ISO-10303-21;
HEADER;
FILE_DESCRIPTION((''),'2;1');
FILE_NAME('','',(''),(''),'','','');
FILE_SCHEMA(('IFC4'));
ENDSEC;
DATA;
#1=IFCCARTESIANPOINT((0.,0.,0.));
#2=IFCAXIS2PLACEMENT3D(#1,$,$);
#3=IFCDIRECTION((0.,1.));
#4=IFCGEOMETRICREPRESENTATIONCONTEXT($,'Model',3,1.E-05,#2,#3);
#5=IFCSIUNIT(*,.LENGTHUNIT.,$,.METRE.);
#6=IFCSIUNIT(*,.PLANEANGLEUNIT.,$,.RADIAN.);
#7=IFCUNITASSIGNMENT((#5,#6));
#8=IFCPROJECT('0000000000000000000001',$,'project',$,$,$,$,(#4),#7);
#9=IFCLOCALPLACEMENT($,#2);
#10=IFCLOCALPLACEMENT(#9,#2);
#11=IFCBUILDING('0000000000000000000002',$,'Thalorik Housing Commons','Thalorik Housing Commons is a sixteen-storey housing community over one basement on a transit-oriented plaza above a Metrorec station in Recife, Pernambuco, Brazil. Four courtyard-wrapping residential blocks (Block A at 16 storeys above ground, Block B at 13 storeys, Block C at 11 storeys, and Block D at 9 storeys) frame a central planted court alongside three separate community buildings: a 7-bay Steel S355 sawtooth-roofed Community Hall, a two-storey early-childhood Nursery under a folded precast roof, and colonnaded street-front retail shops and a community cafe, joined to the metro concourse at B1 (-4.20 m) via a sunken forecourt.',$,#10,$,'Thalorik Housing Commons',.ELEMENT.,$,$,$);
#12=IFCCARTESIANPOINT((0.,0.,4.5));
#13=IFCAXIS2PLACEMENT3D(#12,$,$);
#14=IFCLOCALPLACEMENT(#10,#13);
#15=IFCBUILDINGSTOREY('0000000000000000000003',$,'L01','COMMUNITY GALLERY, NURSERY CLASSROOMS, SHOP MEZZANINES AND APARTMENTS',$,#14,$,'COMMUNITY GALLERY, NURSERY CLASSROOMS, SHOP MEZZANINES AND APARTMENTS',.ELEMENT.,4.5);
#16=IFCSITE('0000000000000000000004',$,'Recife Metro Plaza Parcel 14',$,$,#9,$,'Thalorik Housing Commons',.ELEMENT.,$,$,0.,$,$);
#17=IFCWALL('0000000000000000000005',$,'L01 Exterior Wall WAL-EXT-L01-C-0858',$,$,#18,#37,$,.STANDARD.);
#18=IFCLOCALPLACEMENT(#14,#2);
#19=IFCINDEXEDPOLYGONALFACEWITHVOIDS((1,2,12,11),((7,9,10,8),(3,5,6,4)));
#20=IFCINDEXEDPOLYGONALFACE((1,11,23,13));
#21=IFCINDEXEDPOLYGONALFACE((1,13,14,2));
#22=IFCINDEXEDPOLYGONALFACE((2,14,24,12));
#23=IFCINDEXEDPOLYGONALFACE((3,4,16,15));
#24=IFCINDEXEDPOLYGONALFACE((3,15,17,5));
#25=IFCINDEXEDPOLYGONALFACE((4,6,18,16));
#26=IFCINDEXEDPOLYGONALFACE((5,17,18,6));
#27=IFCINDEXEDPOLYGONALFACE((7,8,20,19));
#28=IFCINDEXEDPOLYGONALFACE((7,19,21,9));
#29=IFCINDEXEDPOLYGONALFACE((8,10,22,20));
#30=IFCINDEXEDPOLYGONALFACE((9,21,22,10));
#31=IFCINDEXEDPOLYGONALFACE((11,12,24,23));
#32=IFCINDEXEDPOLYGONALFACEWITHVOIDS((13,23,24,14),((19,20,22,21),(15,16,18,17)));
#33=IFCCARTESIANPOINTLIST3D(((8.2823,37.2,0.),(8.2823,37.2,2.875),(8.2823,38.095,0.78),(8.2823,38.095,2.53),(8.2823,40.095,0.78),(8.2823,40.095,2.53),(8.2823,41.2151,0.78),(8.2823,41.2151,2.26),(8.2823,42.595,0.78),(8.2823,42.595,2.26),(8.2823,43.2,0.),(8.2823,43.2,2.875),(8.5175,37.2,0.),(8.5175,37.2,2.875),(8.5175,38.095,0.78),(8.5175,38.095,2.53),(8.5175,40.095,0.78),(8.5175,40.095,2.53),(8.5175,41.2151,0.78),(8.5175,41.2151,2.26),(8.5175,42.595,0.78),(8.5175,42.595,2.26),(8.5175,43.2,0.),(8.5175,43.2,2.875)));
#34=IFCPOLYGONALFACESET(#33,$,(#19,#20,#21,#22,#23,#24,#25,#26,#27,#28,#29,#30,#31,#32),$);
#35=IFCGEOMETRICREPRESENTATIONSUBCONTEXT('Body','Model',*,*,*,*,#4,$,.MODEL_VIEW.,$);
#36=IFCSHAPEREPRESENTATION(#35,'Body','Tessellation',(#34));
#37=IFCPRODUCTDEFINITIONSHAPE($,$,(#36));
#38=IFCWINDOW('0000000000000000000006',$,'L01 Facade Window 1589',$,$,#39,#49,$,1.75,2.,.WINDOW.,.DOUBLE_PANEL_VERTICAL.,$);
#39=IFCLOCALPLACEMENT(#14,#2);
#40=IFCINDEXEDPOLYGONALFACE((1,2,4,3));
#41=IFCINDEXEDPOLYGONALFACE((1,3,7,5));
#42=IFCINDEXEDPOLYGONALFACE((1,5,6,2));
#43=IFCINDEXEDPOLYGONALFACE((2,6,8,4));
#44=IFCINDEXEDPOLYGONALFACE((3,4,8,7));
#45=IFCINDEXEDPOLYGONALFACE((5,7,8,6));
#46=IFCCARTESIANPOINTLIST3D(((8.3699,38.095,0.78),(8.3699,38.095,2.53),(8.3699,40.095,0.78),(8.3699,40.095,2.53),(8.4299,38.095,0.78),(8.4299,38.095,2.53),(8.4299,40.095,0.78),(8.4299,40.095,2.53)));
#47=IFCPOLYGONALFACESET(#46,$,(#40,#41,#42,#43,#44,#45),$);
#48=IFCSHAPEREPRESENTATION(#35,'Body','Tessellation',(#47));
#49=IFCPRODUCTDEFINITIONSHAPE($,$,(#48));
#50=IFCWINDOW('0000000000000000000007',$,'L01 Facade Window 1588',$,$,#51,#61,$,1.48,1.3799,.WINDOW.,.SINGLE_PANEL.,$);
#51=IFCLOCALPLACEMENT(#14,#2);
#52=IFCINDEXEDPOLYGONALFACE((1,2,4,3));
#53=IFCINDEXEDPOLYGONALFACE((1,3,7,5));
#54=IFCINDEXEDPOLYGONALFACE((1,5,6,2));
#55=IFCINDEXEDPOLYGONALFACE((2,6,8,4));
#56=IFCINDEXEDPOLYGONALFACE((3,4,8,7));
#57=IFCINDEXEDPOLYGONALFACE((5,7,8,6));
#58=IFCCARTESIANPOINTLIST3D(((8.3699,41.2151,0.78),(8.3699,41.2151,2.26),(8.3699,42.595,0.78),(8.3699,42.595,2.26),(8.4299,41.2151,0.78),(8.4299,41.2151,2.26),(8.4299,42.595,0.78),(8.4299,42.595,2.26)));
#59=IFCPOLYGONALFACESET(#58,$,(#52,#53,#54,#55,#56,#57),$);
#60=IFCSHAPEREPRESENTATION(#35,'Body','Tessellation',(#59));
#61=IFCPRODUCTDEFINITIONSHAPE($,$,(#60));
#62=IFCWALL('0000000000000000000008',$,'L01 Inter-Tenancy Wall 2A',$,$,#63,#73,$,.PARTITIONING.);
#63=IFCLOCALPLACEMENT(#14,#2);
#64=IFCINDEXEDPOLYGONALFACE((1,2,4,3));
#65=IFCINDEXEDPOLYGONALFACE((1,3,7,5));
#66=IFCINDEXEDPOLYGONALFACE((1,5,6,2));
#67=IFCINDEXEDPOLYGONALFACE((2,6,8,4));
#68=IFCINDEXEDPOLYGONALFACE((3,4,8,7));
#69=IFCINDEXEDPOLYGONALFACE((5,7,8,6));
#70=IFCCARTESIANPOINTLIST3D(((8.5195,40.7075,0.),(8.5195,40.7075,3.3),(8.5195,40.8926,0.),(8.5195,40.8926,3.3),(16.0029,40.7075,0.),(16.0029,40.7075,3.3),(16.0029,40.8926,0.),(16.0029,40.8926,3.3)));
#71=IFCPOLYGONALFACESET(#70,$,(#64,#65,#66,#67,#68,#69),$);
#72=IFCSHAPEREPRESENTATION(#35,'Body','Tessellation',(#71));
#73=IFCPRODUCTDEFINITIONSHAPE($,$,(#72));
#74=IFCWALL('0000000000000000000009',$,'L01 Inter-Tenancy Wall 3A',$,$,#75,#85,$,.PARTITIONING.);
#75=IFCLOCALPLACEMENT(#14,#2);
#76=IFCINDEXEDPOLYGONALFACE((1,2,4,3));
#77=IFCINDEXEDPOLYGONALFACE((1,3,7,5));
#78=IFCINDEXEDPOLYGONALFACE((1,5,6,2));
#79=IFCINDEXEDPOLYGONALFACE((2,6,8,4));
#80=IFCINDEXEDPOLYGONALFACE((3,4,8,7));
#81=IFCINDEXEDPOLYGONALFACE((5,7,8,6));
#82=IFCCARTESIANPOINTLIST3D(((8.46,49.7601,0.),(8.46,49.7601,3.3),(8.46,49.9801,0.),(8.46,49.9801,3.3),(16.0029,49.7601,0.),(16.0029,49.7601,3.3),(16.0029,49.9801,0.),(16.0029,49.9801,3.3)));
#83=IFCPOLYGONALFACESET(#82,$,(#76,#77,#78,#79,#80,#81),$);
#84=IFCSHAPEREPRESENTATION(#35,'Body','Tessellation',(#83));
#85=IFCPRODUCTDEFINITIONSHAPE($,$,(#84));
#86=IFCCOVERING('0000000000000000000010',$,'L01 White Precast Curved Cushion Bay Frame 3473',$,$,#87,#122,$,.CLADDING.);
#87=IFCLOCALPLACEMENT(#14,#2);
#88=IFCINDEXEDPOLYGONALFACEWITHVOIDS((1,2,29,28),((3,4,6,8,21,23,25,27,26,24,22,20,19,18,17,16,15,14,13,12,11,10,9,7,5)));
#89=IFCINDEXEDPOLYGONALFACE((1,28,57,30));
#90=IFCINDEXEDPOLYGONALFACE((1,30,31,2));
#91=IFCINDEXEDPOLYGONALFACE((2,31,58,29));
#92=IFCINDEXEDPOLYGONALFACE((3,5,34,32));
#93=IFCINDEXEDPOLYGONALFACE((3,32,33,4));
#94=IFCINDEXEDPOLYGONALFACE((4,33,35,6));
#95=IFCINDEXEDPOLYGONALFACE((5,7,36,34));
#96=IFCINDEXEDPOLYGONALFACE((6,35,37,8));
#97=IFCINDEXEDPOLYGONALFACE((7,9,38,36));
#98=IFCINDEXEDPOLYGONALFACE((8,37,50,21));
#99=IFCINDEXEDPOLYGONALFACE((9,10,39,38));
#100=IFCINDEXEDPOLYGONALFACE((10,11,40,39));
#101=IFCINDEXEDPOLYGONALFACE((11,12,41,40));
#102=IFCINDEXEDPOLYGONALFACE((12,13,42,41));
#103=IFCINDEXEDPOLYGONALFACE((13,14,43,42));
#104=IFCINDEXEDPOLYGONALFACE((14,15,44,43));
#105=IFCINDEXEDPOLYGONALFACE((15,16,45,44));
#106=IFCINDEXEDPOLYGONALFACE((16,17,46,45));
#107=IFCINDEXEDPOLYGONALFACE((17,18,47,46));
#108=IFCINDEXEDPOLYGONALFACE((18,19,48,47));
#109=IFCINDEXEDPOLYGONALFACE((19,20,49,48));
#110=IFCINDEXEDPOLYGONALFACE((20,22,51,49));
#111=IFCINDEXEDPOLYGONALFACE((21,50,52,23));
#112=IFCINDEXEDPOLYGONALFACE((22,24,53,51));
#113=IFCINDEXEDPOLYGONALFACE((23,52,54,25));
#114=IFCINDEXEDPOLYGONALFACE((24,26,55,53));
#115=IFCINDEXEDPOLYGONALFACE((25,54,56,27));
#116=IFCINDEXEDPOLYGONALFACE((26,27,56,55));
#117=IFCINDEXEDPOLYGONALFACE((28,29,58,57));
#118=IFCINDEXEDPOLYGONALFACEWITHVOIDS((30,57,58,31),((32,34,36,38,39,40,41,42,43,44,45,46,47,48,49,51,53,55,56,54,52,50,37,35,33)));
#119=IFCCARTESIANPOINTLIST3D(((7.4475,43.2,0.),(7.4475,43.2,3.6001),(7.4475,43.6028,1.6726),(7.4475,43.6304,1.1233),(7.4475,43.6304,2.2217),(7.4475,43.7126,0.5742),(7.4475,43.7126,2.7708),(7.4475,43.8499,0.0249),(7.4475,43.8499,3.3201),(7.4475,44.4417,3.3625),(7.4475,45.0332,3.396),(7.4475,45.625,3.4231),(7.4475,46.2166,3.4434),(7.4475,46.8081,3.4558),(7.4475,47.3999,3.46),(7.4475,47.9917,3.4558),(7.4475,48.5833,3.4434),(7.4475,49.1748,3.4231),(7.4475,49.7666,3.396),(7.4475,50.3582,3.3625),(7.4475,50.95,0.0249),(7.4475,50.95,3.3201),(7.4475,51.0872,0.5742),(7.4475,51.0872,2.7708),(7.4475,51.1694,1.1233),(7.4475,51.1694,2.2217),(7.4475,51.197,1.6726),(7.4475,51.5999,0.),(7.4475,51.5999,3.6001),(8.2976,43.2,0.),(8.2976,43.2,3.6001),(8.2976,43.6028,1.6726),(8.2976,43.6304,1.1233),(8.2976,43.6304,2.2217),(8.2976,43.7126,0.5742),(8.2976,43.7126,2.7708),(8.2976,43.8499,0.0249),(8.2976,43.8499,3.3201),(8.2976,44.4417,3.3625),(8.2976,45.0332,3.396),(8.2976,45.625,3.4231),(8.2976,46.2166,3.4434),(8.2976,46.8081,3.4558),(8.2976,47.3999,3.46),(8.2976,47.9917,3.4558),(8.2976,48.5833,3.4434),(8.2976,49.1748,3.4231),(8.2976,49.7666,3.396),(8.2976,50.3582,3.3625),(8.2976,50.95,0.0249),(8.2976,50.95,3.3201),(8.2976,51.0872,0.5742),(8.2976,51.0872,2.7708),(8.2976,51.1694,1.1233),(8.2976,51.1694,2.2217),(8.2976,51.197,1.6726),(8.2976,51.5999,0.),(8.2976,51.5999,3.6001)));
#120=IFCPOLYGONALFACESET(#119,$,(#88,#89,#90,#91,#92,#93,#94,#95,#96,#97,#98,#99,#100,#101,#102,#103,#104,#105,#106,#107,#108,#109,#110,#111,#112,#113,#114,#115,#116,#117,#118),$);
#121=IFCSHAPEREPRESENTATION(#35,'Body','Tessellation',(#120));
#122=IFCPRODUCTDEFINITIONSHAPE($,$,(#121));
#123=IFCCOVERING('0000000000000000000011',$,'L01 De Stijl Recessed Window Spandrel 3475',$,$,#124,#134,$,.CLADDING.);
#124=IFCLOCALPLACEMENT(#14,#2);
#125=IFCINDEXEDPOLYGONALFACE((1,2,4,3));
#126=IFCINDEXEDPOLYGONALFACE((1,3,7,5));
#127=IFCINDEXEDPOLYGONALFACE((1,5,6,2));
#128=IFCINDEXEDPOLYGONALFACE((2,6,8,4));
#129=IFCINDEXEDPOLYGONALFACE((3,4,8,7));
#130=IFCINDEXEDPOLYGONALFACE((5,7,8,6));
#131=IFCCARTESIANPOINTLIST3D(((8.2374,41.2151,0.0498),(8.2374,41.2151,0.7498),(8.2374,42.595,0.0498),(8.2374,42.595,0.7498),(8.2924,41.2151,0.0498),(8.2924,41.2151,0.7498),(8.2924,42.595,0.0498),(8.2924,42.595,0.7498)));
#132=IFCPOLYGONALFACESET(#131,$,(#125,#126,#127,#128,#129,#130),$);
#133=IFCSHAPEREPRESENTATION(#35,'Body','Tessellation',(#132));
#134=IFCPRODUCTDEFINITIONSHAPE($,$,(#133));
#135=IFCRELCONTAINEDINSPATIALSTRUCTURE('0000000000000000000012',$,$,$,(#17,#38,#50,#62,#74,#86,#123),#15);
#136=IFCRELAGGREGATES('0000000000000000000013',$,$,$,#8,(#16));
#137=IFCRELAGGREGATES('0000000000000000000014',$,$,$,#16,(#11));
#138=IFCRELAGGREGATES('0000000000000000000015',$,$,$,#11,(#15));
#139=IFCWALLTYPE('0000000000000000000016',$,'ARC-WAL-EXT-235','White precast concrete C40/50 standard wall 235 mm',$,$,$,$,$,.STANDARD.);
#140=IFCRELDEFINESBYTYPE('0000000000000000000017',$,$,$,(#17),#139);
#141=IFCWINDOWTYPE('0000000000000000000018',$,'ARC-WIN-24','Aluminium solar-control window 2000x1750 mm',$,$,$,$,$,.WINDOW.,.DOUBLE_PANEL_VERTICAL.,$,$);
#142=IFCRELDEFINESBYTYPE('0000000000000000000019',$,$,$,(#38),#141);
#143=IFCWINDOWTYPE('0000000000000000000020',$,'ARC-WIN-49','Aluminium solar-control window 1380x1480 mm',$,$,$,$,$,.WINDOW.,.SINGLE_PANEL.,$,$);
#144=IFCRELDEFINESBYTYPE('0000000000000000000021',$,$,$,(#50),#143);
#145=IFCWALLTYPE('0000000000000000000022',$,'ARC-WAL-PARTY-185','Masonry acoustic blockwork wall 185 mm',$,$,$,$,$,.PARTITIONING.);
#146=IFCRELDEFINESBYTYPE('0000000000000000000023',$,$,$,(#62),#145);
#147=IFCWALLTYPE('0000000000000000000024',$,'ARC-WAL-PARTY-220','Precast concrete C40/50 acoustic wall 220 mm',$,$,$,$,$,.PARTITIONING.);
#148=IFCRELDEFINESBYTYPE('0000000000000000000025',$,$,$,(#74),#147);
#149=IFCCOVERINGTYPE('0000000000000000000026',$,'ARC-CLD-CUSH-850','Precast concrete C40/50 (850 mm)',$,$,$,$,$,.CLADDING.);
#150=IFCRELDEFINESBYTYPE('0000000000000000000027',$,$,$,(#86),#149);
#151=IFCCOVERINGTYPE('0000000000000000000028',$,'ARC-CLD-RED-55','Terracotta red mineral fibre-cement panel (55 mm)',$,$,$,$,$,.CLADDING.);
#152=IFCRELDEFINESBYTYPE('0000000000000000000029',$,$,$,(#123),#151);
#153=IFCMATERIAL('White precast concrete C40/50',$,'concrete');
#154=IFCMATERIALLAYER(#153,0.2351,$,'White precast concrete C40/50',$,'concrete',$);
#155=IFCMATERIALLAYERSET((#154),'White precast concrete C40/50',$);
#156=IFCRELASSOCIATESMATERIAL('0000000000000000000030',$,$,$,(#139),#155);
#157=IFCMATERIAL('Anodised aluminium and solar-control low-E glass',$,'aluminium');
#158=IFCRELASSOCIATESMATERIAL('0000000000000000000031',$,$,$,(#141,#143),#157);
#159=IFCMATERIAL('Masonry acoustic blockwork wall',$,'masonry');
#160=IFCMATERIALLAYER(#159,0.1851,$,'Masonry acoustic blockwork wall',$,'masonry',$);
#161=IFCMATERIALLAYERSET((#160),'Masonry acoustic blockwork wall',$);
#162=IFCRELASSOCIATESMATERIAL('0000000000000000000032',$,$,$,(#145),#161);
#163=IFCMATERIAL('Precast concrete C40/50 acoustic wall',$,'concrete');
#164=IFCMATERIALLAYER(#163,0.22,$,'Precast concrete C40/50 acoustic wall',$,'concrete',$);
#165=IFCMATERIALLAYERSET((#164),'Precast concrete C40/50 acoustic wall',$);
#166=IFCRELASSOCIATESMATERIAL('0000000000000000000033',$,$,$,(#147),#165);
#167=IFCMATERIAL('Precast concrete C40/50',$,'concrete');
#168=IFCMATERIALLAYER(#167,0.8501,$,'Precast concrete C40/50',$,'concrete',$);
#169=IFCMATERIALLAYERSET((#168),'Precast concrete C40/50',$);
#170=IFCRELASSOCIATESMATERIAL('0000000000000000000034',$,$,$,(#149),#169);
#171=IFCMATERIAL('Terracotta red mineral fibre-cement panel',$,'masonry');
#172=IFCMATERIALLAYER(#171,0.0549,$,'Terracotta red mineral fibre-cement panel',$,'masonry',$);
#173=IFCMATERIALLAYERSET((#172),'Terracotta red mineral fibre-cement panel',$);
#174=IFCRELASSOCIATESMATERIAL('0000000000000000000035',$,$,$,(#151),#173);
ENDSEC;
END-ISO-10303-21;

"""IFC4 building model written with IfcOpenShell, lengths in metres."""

from ifc_helpers import new_model, si_unit, direction, frame, frame_2d, origin, origin_2d, place, context, subcontext, project, spatial, polyline, rectangle, outline, extrude, material, layer, layer_set, type_object, element, fill, save


model = new_model("IFC4")

# Units and contexts
model_context = context("Model", 3, precision=1e-05, world=origin(), true_north=direction((0.0, 1.0)))
body_context = subcontext(model_context, "Body", "Model", "MODEL_VIEW")
ifc_project = project(units=[si_unit("LENGTHUNIT", "METRE"), si_unit("PLANEANGLEUNIT", "RADIAN")], contexts=[model_context])

# Site, building, storey
site_placement = place(None, origin())
site = spatial("IfcSite", under=ifc_project, at=site_placement, Name="Recife Metro Plaza Parcel 14", LongName="Thalorik Housing Commons", CompositionType="ELEMENT", RefElevation=0.0)
building_placement = place(site_placement, origin())
building = spatial("IfcBuilding", under=site, at=building_placement, Name="Thalorik Housing Commons", Description="Thalorik Housing Commons is a sixteen-storey housing community over one basement on a transit-oriented plaza above a Metrorec station in Recife, Pernambuco, Brazil. Four courtyard-wrapping residential blocks (Block A at 16 storeys above ground, Block B at 13 storeys, Block C at 11 storeys, and Block D at 9 storeys) frame a central planted court alongside three separate community buildings: a 7-bay Steel S355 sawtooth-roofed Community Hall, a two-storey early-childhood Nursery under a folded precast roof, and colonnaded street-front retail shops and a community cafe, joined to the metro concourse at B1 (-4.20 m) via a sunken forecourt.", LongName="Thalorik Housing Commons", CompositionType="ELEMENT")
storey_placement = place(building_placement, frame((0.0, 0.0, 4.5)))
storey = spatial("IfcBuildingStorey", under=building, at=storey_placement, Name="L01", Description="COMMUNITY GALLERY, NURSERY CLASSROOMS, SHOP MEZZANINES AND APARTMENTS", LongName="COMMUNITY GALLERY, NURSERY CLASSROOMS, SHOP MEZZANINES AND APARTMENTS", CompositionType="ELEMENT", Elevation=4.5)

# Shared definitions
ifc_material_1 = material(Name="Precast concrete C40/50", Category="concrete")

# Shared definitions
ifc_material_2 = material(Name="Anodised aluminium and solar-control low-E glass", Category="aluminium")

# Shared definitions
ifc_material_3 = material(Name="White precast concrete C40/50", Category="concrete")
ifc_layer_1 = layer(ifc_material_3, 0.2351, Name="White precast concrete C40/50", Category="concrete")
ifc_layer_set_1 = layer_set([ifc_layer_1], Name="White precast concrete C40/50")
wall_type_1 = type_object("IfcWallType", Name="ARC-WAL-EXT-235", Description="White precast concrete C40/50 standard wall 235 mm", PredefinedType="STANDARD", material=ifc_layer_set_1)

# Wall, openings, windows
wall_1_placement = place(storey_placement, frame((8.3999, 43.2, 0.0), z_axis=(0.0, 0.0, 1.0), x_axis=(0.0, -1.0, 0.0)))
wall_1 = element("IfcWall", 1, at=wall_1_placement, inside=storey, type_object=wall_type_1, Name="L01 Exterior Wall WAL-EXT-L01-C-0858", PredefinedType="STANDARD", context=body_context, shape_type="SweptSolid", body=[
    extrude(rectangle(XDim=6.0, YDim=0.2351, at=frame_2d((3.0, 0.0))), origin(), (0.0, 0.0, 1.0), 2.875),
])
opening_1_placement = place(wall_1_placement, frame((0.605, 0.0, 0.78)))
opening_1 = element("IfcOpeningElement", 2, at=opening_1_placement, cuts=wall_1, PredefinedType="OPENING", context=body_context, shape_type="SweptSolid", body=[
    extrude(rectangle(XDim=1.3799, YDim=1.48, at=frame_2d((0.6899, 0.74))), frame((0.0, 0.1274, 0.0), z_axis=(0.0, -1.0, 0.0), x_axis=(1.0, 0.0, 0.0)), (0.0, 0.0, 1.0), 0.2551),
])
opening_2_placement = place(wall_1_placement, frame((3.105, 0.0, 0.78)))
opening_2 = element("IfcOpeningElement", 3, at=opening_2_placement, cuts=wall_1, PredefinedType="OPENING", context=body_context, shape_type="SweptSolid", body=[
    extrude(rectangle(XDim=2.0, YDim=1.75, at=frame_2d((1.0, 0.875))), frame((0.0, 0.1274, 0.0), z_axis=(0.0, -1.0, 0.0), x_axis=(1.0, 0.0, 0.0)), (0.0, 0.0, 1.0), 0.2551),
])
window_type_1 = type_object("IfcWindowType", Name="ARC-WIN-24", Description="Aluminium solar-control window 2000x1750 mm", PartitioningType="DOUBLE_PANEL_VERTICAL", PredefinedType="WINDOW", material=ifc_material_2)
window_1_placement = place(opening_2_placement, origin())
window_1 = element("IfcWindow", 4, at=window_1_placement, inside=storey, type_object=window_type_1, Name="L01 Facade Window 1589", OverallHeight=1.75, OverallWidth=2.0, PartitioningType="DOUBLE_PANEL_VERTICAL", PredefinedType="WINDOW", context=body_context, shape_type="SweptSolid", body=[
    extrude(rectangle(XDim=2.0, YDim=1.75, at=frame_2d((1.0, 0.875))), frame((0.0, 0.03, 0.0), z_axis=(0.0, -1.0, 0.0), x_axis=(1.0, 0.0, 0.0)), (0.0, 0.0, 1.0), 0.0601),
])
fill(opening_2, window_1)
window_type_2 = type_object("IfcWindowType", Name="ARC-WIN-49", Description="Aluminium solar-control window 1380x1480 mm", PartitioningType="SINGLE_PANEL", PredefinedType="WINDOW", material=ifc_material_2)
window_2_placement = place(opening_1_placement, origin())
window_2 = element("IfcWindow", 5, at=window_2_placement, inside=storey, type_object=window_type_2, Name="L01 Facade Window 1588", OverallHeight=1.48, OverallWidth=1.3799, PartitioningType="SINGLE_PANEL", PredefinedType="WINDOW", context=body_context, shape_type="SweptSolid", body=[
    extrude(rectangle(XDim=1.3799, YDim=1.48, at=frame_2d((0.6899, 0.74))), frame((0.0, 0.03, 0.0), z_axis=(0.0, -1.0, 0.0), x_axis=(1.0, 0.0, 0.0)), (0.0, 0.0, 1.0), 0.0601),
])
fill(opening_1, window_2)

# Walls
ifc_material_4 = material(Name="Masonry acoustic blockwork wall", Category="masonry")
ifc_layer_2 = layer(ifc_material_4, 0.1851, Name="Masonry acoustic blockwork wall", Category="masonry")
ifc_layer_set_2 = layer_set([ifc_layer_2], Name="Masonry acoustic blockwork wall")
wall_type_2 = type_object("IfcWallType", Name="ARC-WAL-PARTY-185", Description="Masonry acoustic blockwork wall 185 mm", PredefinedType="PARTITIONING", material=ifc_layer_set_2)
wall_2_placement = place(storey_placement, frame((8.5195, 40.8, 0.0), z_axis=(0.0, 0.0, 1.0), x_axis=(1.0, 0.0, 0.0)))
element("IfcWall", 6, at=wall_2_placement, inside=storey, type_object=wall_type_2, Name="L01 Inter-Tenancy Wall 2A", PredefinedType="PARTITIONING", context=body_context, shape_type="SweptSolid", body=[
    extrude(rectangle(XDim=7.4834, YDim=0.1851, at=frame_2d((3.7417, 0.0))), origin(), (0.0, 0.0, 1.0), 3.3),
])
ifc_material_5 = material(Name="Precast concrete C40/50 acoustic wall", Category="concrete")
ifc_layer_3 = layer(ifc_material_5, 0.22, Name="Precast concrete C40/50 acoustic wall", Category="concrete")
ifc_layer_set_3 = layer_set([ifc_layer_3], Name="Precast concrete C40/50 acoustic wall")
wall_type_3 = type_object("IfcWallType", Name="ARC-WAL-PARTY-220", Description="Precast concrete C40/50 acoustic wall 220 mm", PredefinedType="PARTITIONING", material=ifc_layer_set_3)
wall_3_placement = place(storey_placement, frame((8.46, 49.8701, 0.0), z_axis=(0.0, 0.0, 1.0), x_axis=(1.0, 0.0, 0.0)))
element("IfcWall", 7, at=wall_3_placement, inside=storey, type_object=wall_type_3, Name="L01 Inter-Tenancy Wall 3A", PredefinedType="PARTITIONING", context=body_context, shape_type="SweptSolid", body=[
    extrude(rectangle(XDim=7.543, YDim=0.22, at=frame_2d((3.7715, 0.0))), origin(), (0.0, 0.0, 1.0), 3.3),
])

# Coverings
ifc_layer_4 = layer(ifc_material_1, 0.8501, Name="Precast concrete C40/50", Category="concrete")
ifc_layer_set_4 = layer_set([ifc_layer_4], Name="Precast concrete C40/50")
covering_type_1 = type_object("IfcCoveringType", Name="ARC-CLD-CUSH-850", Description="Precast concrete C40/50 (850 mm)", PredefinedType="CLADDING", material=ifc_layer_set_4)
covering_1_placement = place(storey_placement, frame((7.8726, 47.3999, 0.0), z_axis=(0.0, 0.0, 1.0), x_axis=(0.0, -1.0, 0.0)))
element("IfcCovering", 8, at=covering_1_placement, inside=storey, type_object=covering_type_1, Name="L01 White Precast Curved Cushion Bay Frame 3473", PredefinedType="CLADDING", context=body_context, shape_type="SweptSolid", body=[
    extrude(outline(polyline([(-4.2, 0.0), (4.2, 0.0), (4.2, 3.6001), (-4.2, 3.6001), (-4.2, 0.0)]), holes=[polyline([(3.55, 0.0249), (3.6873, 0.5742), (3.7695, 1.1233), (3.7971, 1.6726), (3.7695, 2.2217), (3.6873, 2.7708), (3.55, 3.3201), (2.9583, 3.3625), (2.3667, 3.396), (1.7749, 3.4231), (1.1833, 3.4434), (0.5918, 3.4558), (0.0, 3.46), (-0.5918, 3.4558), (-1.1833, 3.4434), (-1.7749, 3.4231), (-2.3667, 3.396), (-2.9583, 3.3625), (-3.55, 3.3201), (-3.6873, 2.7708), (-3.7695, 2.2217), (-3.7971, 1.6726), (-3.7695, 1.1233), (-3.6873, 0.5742), (-3.55, 0.0249), (3.55, 0.0249)])]), frame((0.0, 0.425, 0.0), z_axis=(0.0, -1.0, 0.0), x_axis=(1.0, 0.0, 0.0)), (0.0, 0.0, 1.0), 0.8501),
])
ifc_material_6 = material(Name="Terracotta red mineral fibre-cement panel", Category="masonry")
ifc_layer_5 = layer(ifc_material_6, 0.0549, Name="Terracotta red mineral fibre-cement panel", Category="masonry")
ifc_layer_set_5 = layer_set([ifc_layer_5], Name="Terracotta red mineral fibre-cement panel")
covering_type_2 = type_object("IfcCoveringType", Name="ARC-CLD-RED-55", Description="Terracotta red mineral fibre-cement panel (55 mm)", PredefinedType="CLADDING", material=ifc_layer_set_5)
covering_2_placement = place(storey_placement, frame((8.2649, 41.905, 0.0498), z_axis=(0.0, 0.0, 1.0), x_axis=(0.0, -1.0, 0.0)))
element("IfcCovering", 9, at=covering_2_placement, inside=storey, type_object=covering_type_2, Name="L01 De Stijl Recessed Window Spandrel 3475", PredefinedType="CLADDING", context=body_context, shape_type="SweptSolid", body=[
    extrude(rectangle(XDim=1.3799, YDim=0.0549, at=origin_2d()), origin(), (0.0, 0.0, 1.0), 0.7),
])

save(model, "model.ifc")
